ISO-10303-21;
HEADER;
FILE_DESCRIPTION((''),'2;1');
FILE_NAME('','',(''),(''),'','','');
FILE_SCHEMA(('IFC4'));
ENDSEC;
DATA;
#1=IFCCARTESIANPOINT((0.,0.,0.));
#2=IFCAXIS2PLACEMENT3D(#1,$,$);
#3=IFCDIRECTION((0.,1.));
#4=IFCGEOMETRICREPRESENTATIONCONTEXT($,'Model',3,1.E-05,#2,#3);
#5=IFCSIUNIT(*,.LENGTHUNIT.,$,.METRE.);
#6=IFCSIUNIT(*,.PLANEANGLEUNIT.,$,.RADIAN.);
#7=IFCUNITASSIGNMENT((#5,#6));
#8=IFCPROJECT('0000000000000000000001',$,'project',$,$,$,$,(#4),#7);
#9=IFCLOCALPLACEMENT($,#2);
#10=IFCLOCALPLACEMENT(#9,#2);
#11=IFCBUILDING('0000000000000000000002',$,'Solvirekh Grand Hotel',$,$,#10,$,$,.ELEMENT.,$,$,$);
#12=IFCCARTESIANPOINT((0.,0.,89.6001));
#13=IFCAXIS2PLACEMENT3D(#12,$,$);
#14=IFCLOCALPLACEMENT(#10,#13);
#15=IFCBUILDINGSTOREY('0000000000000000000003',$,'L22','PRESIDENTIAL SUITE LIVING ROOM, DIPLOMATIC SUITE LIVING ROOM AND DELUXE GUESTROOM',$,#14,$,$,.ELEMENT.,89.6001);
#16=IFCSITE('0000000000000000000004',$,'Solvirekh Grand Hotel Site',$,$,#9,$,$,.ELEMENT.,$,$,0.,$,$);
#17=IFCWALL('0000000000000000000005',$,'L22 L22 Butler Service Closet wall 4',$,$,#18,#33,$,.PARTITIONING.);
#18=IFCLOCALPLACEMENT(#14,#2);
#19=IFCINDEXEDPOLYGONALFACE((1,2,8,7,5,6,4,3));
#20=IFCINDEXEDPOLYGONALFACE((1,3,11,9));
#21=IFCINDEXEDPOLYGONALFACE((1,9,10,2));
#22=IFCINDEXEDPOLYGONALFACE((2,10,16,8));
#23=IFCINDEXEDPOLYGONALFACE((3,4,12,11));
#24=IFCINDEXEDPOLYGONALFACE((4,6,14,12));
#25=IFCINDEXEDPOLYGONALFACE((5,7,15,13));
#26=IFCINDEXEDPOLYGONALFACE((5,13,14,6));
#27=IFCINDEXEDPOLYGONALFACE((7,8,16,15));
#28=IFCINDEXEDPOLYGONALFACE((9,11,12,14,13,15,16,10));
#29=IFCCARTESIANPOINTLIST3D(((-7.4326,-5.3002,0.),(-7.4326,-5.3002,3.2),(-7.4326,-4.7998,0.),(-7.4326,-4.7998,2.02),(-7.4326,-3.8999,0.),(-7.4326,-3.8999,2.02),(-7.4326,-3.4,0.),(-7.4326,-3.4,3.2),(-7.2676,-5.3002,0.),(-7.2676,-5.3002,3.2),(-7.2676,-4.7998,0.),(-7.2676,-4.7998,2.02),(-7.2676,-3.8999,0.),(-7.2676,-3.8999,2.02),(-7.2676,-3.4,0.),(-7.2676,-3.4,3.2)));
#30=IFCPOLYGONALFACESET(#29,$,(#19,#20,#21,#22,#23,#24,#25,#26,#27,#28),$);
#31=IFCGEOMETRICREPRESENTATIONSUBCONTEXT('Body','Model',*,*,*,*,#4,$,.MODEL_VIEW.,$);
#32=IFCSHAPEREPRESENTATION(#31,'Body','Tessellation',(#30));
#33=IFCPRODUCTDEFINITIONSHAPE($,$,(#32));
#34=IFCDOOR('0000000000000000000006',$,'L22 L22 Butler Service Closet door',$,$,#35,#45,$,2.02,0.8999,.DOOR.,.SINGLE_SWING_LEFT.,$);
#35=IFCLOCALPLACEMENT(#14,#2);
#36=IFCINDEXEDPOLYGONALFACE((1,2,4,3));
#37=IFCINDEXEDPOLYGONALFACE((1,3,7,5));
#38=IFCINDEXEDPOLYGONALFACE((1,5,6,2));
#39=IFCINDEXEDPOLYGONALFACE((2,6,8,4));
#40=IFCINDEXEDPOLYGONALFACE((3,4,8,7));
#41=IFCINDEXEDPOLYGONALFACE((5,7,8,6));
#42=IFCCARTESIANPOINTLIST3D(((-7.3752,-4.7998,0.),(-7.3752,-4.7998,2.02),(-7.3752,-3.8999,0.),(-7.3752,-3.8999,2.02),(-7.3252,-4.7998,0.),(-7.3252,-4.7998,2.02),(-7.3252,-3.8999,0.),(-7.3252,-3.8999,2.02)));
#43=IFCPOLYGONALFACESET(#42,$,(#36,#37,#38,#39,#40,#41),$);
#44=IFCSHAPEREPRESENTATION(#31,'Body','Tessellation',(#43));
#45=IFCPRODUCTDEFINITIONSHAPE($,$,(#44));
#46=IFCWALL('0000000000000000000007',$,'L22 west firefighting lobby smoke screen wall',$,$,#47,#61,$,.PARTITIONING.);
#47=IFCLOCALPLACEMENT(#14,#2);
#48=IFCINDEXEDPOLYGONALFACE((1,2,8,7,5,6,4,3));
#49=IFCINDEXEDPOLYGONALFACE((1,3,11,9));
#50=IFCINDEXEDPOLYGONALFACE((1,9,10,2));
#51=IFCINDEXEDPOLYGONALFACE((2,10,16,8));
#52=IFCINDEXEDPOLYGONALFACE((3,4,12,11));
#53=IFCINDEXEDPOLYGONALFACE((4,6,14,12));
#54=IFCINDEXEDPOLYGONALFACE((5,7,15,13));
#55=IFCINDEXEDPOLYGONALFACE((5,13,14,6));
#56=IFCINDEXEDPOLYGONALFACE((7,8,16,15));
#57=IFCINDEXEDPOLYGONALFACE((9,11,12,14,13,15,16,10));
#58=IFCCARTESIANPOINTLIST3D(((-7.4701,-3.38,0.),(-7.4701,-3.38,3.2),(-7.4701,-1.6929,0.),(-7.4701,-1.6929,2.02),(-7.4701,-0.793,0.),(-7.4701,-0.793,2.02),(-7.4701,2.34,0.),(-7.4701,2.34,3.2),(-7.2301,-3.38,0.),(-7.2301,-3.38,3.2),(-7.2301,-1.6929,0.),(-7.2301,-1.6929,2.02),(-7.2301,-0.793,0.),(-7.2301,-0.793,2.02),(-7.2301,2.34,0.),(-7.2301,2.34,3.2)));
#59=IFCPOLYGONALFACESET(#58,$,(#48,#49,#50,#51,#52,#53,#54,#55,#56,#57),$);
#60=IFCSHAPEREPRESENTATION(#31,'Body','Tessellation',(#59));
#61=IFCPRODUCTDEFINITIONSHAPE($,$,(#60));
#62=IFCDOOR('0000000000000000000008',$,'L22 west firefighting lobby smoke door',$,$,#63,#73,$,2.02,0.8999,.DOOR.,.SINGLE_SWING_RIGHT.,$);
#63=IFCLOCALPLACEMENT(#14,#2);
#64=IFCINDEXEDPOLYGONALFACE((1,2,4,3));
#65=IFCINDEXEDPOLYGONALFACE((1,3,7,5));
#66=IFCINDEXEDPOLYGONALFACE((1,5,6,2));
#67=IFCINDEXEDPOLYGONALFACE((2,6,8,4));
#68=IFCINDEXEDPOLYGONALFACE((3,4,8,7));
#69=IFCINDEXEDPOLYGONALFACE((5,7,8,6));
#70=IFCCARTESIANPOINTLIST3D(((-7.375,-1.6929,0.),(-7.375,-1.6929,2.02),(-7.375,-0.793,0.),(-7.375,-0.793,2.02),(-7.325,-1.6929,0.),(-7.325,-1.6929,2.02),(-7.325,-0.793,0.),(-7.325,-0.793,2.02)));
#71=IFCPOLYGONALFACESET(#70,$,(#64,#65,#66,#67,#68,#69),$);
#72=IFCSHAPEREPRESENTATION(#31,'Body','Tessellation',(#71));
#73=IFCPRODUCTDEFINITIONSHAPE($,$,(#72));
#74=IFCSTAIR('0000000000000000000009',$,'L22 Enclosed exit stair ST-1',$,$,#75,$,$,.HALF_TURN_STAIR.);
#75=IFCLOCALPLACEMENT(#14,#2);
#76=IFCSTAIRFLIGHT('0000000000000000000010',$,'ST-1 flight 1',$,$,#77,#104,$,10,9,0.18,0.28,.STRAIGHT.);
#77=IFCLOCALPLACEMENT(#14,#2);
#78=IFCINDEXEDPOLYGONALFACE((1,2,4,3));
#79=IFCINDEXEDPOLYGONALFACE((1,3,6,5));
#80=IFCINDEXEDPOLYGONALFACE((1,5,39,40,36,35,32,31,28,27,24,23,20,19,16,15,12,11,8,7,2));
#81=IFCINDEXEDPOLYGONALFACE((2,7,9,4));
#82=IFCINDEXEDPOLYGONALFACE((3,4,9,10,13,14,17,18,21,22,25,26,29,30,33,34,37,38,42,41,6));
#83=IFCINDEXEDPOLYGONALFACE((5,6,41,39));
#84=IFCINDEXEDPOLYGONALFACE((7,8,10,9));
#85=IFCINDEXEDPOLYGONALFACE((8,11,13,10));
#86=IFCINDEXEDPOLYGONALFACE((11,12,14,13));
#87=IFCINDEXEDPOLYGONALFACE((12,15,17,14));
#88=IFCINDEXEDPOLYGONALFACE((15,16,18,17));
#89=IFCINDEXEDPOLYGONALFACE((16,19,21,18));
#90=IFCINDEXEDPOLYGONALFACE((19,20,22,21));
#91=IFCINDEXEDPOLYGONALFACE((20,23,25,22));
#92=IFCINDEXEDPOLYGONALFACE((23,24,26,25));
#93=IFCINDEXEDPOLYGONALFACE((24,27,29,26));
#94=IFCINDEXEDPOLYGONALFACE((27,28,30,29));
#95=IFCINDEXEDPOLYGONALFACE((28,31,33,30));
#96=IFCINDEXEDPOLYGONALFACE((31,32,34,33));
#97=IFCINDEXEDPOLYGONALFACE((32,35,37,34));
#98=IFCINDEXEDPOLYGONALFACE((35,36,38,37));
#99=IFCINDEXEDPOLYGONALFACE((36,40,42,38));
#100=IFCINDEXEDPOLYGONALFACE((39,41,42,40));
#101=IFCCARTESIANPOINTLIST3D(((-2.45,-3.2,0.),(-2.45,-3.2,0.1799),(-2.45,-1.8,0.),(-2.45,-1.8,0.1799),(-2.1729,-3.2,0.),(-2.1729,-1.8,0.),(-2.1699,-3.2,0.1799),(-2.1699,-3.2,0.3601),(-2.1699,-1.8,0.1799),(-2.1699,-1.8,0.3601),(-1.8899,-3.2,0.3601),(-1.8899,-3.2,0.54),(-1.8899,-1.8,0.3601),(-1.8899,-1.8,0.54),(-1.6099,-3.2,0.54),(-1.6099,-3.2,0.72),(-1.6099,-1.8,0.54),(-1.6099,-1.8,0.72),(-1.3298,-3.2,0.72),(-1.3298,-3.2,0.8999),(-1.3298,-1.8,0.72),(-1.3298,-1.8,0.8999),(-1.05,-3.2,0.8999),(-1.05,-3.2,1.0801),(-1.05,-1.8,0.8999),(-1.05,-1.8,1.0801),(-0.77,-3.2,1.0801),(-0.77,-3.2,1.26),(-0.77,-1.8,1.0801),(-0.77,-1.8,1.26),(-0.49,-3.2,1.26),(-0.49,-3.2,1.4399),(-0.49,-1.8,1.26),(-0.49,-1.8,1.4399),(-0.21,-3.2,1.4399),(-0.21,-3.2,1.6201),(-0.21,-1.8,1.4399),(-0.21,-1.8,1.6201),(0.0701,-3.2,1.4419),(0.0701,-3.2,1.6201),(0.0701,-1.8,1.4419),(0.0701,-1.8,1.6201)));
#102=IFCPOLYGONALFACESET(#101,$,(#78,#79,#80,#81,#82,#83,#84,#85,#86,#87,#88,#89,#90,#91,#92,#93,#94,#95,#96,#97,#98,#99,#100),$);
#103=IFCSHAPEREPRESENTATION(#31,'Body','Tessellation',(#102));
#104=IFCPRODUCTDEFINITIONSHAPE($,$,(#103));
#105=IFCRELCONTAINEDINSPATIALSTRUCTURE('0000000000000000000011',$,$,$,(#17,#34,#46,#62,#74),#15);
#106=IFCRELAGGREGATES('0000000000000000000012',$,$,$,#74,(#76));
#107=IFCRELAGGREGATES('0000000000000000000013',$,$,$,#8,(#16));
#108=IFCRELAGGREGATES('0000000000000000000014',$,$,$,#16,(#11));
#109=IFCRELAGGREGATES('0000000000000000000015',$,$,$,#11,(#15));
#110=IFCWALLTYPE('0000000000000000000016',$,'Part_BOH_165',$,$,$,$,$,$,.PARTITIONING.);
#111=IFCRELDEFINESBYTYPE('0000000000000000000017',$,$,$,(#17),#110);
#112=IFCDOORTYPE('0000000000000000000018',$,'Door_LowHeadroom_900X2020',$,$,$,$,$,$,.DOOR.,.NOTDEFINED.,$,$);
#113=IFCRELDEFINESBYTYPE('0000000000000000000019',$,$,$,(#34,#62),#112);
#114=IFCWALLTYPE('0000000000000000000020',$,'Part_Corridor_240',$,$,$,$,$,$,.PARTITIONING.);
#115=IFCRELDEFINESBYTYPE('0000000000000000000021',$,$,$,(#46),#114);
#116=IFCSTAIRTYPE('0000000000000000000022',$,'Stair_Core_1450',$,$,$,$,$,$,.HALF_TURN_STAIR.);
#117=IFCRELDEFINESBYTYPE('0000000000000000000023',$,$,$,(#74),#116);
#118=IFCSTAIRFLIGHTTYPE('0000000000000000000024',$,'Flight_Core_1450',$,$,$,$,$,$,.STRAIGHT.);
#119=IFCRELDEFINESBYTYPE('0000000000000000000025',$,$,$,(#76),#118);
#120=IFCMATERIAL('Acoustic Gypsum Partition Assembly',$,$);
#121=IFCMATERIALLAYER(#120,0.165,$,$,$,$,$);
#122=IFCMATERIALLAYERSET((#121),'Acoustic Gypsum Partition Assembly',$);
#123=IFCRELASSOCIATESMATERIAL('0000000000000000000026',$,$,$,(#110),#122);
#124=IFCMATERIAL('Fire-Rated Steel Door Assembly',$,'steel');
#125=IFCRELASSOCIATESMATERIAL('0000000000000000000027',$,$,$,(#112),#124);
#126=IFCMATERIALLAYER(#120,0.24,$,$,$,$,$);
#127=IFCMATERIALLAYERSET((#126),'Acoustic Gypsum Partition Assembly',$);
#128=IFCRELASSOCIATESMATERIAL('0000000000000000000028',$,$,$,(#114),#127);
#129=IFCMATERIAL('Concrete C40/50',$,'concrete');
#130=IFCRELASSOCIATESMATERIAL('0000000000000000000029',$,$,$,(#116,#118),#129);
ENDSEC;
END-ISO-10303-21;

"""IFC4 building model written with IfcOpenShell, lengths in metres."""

from ifc_helpers import new_model, si_unit, direction, frame, frame_2d, origin, place, context, subcontext, project, spatial, polyline, rectangle, outline, extrude, material, layer, layer_set, type_object, element, fill, aggregate, save


model = new_model("IFC4")

# Units and contexts
model_context = context("Model", 3, precision=1e-05, world=origin(), true_north=direction((0.0, 1.0)))
body_context = subcontext(model_context, "Body", "Model", "MODEL_VIEW")
ifc_project = project(units=[si_unit("LENGTHUNIT", "METRE"), si_unit("PLANEANGLEUNIT", "RADIAN")], contexts=[model_context])

# Site, building, storey
site_placement = place(None, origin())
site = spatial("IfcSite", under=ifc_project, at=site_placement, Name="Solvirekh Grand Hotel Site", CompositionType="ELEMENT", RefElevation=0.0)
building_placement = place(site_placement, origin())
building = spatial("IfcBuilding", under=site, at=building_placement, Name="Solvirekh Grand Hotel", CompositionType="ELEMENT")
storey_placement = place(building_placement, frame((0.0, 0.0, 89.6001)))
storey = spatial("IfcBuildingStorey", under=building, at=storey_placement, Name="L22", Description="PRESIDENTIAL SUITE LIVING ROOM, DIPLOMATIC SUITE LIVING ROOM AND DELUXE GUESTROOM", CompositionType="ELEMENT", Elevation=89.6001)

# Shared definitions
ifc_material_1 = material(Name="Concrete C40/50", Category="concrete")

# Shared definitions
ifc_material_2 = material(Name="Fire-Rated Steel Door Assembly", Category="steel")

# Shared definitions
ifc_material_3 = material(Name="Acoustic Gypsum Partition Assembly")
ifc_layer_1 = layer(ifc_material_3, 0.165)
ifc_layer_set_1 = layer_set([ifc_layer_1], Name="Acoustic Gypsum Partition Assembly")
wall_type_1 = type_object("IfcWallType", Name="Part_BOH_165", PredefinedType="PARTITIONING", material=ifc_layer_set_1)

# Walls, openings, doors
wall_1_placement = place(storey_placement, frame((-7.3501, -3.3999, 0.0), z_axis=(0.0, 0.0, 1.0), x_axis=(0.0, -1.0, 0.0)))
wall_1 = element("IfcWall", 1, at=wall_1_placement, inside=storey, type_object=wall_type_1, Name="L22 L22 Butler Service Closet wall 4", PredefinedType="PARTITIONING", context=body_context, shape_type="SweptSolid", body=[
    extrude(rectangle(XDim=1.9001, YDim=0.165, at=frame_2d((0.9502, 0.0))), origin(), (0.0, 0.0, 1.0), 3.2),
])
opening_1_placement = place(wall_1_placement, frame((0.5, 0.0, 0.0)))
opening_1 = element("IfcOpeningElement", 2, at=opening_1_placement, cuts=wall_1, PredefinedType="OPENING", context=body_context, shape_type="SweptSolid", body=[
    extrude(rectangle(XDim=0.8999, YDim=2.02, at=frame_2d((0.45, 1.01))), frame((0.0, 0.0925, 0.0), z_axis=(0.0, -1.0, 0.0), x_axis=(1.0, 0.0, 0.0)), (0.0, 0.0, 1.0), 0.1851),
])
door_type_1 = type_object("IfcDoorType", Name="Door_LowHeadroom_900X2020", OperationType="NOTDEFINED", PredefinedType="DOOR", material=ifc_material_2)
door_1_placement = place(opening_1_placement, origin())
door_1 = element("IfcDoor", 3, at=door_1_placement, inside=storey, type_object=door_type_1, Name="L22 L22 Butler Service Closet door", OperationType="SINGLE_SWING_LEFT", OverallHeight=2.02, OverallWidth=0.8999, PredefinedType="DOOR", context=body_context, shape_type="SweptSolid", body=[
    extrude(rectangle(XDim=0.8999, YDim=2.02, at=frame_2d((0.45, 1.01))), frame((0.0, 0.0249, 0.0), z_axis=(0.0, -1.0, 0.0), x_axis=(1.0, 0.0, 0.0)), (0.0, 0.0, 1.0), 0.05),
])
fill(opening_1, door_1)
ifc_layer_2 = layer(ifc_material_3, 0.24)
ifc_layer_set_2 = layer_set([ifc_layer_2], Name="Acoustic Gypsum Partition Assembly")
wall_type_2 = type_object("IfcWallType", Name="Part_Corridor_240", PredefinedType="PARTITIONING", material=ifc_layer_set_2)
wall_2_placement = place(storey_placement, frame((-7.3501, -3.3799, 0.0), z_axis=(0.0, 0.0, 1.0), x_axis=(0.0, 1.0, 0.0)))
wall_2 = element("IfcWall", 4, at=wall_2_placement, inside=storey, type_object=wall_type_2, Name="L22 west firefighting lobby smoke screen wall", PredefinedType="PARTITIONING", context=body_context, shape_type="SweptSolid", body=[
    extrude(rectangle(XDim=5.72, YDim=0.24, at=frame_2d((2.8599, 0.0))), origin(), (0.0, 0.0, 1.0), 3.2),
])
opening_2_placement = place(wall_2_placement, frame((1.687, 0.0, 0.0)))
opening_2 = element("IfcOpeningElement", 5, at=opening_2_placement, cuts=wall_2, PredefinedType="OPENING", context=body_context, shape_type="SweptSolid", body=[
    extrude(rectangle(XDim=0.8999, YDim=2.02, at=frame_2d((0.45, 1.01))), frame((0.0, 0.1299, 0.0), z_axis=(0.0, -1.0, 0.0), x_axis=(1.0, 0.0, 0.0)), (0.0, 0.0, 1.0), 0.26),
])
door_2_placement = place(opening_2_placement, origin())
door_2 = element("IfcDoor", 6, at=door_2_placement, inside=storey, type_object=door_type_1, Name="L22 west firefighting lobby smoke door", OperationType="SINGLE_SWING_RIGHT", OverallHeight=2.02, OverallWidth=0.8999, PredefinedType="DOOR", context=body_context, shape_type="SweptSolid", body=[
    extrude(rectangle(XDim=0.8999, YDim=2.02, at=frame_2d((0.45, 1.01))), frame((0.0, 0.0249, 0.0), z_axis=(0.0, -1.0, 0.0), x_axis=(1.0, 0.0, 0.0)), (0.0, 0.0, 1.0), 0.05),
])
fill(opening_2, door_2)

# Stair, stair flight
stair_type = type_object("IfcStairType", Name="Stair_Core_1450", PredefinedType="HALF_TURN_STAIR", material=ifc_material_1)
stair_placement = place(storey_placement, origin())
stair = element("IfcStair", 7, at=stair_placement, inside=storey, type_object=stair_type, Name="L22 Enclosed exit stair ST-1", PredefinedType="HALF_TURN_STAIR")
stair_flight_type = type_object("IfcStairFlightType", Name="Flight_Core_1450", PredefinedType="STRAIGHT", material=ifc_material_1)
stair_flight_placement = place(storey_placement, frame((-2.45, -2.5, 0.0), z_axis=(0.0, 0.0, 1.0), x_axis=(1.0, 0.0, 0.0)))
stair_flight = element("IfcStairFlight", 8, at=stair_flight_placement, type_object=stair_flight_type, Name="ST-1 flight 1", NumberOfRisers=10, NumberOfTreads=9, PredefinedType="STRAIGHT", RiserHeight=0.18, TreadLength=0.28, context=body_context, shape_type="SweptSolid", body=[
    extrude(outline(polyline([(0.0, 0.0), (0.0, 0.1799), (0.28, 0.1799), (0.28, 0.3601), (0.5601, 0.3601), (0.5601, 0.54), (0.8401, 0.54), (0.8401, 0.72), (1.1201, 0.72), (1.1201, 0.8999), (1.3999, 0.8999), (1.3999, 1.0801), (1.6799, 1.0801), (1.6799, 1.26), (1.96, 1.26), (1.96, 1.4399), (2.24, 1.4399), (2.24, 1.6201), (2.52, 1.6201), (2.52, 1.8), (2.52, 1.4419), (0.2771, 0.0), (0.0, 0.0)])), frame((0.0, 0.7, 0.0), z_axis=(0.0, -1.0, 0.0), x_axis=(1.0, 0.0, 0.0)), (0.0, 0.0, 1.0), 1.3999),
])
aggregate(stair, [stair_flight])

save(model, "model.ifc")
